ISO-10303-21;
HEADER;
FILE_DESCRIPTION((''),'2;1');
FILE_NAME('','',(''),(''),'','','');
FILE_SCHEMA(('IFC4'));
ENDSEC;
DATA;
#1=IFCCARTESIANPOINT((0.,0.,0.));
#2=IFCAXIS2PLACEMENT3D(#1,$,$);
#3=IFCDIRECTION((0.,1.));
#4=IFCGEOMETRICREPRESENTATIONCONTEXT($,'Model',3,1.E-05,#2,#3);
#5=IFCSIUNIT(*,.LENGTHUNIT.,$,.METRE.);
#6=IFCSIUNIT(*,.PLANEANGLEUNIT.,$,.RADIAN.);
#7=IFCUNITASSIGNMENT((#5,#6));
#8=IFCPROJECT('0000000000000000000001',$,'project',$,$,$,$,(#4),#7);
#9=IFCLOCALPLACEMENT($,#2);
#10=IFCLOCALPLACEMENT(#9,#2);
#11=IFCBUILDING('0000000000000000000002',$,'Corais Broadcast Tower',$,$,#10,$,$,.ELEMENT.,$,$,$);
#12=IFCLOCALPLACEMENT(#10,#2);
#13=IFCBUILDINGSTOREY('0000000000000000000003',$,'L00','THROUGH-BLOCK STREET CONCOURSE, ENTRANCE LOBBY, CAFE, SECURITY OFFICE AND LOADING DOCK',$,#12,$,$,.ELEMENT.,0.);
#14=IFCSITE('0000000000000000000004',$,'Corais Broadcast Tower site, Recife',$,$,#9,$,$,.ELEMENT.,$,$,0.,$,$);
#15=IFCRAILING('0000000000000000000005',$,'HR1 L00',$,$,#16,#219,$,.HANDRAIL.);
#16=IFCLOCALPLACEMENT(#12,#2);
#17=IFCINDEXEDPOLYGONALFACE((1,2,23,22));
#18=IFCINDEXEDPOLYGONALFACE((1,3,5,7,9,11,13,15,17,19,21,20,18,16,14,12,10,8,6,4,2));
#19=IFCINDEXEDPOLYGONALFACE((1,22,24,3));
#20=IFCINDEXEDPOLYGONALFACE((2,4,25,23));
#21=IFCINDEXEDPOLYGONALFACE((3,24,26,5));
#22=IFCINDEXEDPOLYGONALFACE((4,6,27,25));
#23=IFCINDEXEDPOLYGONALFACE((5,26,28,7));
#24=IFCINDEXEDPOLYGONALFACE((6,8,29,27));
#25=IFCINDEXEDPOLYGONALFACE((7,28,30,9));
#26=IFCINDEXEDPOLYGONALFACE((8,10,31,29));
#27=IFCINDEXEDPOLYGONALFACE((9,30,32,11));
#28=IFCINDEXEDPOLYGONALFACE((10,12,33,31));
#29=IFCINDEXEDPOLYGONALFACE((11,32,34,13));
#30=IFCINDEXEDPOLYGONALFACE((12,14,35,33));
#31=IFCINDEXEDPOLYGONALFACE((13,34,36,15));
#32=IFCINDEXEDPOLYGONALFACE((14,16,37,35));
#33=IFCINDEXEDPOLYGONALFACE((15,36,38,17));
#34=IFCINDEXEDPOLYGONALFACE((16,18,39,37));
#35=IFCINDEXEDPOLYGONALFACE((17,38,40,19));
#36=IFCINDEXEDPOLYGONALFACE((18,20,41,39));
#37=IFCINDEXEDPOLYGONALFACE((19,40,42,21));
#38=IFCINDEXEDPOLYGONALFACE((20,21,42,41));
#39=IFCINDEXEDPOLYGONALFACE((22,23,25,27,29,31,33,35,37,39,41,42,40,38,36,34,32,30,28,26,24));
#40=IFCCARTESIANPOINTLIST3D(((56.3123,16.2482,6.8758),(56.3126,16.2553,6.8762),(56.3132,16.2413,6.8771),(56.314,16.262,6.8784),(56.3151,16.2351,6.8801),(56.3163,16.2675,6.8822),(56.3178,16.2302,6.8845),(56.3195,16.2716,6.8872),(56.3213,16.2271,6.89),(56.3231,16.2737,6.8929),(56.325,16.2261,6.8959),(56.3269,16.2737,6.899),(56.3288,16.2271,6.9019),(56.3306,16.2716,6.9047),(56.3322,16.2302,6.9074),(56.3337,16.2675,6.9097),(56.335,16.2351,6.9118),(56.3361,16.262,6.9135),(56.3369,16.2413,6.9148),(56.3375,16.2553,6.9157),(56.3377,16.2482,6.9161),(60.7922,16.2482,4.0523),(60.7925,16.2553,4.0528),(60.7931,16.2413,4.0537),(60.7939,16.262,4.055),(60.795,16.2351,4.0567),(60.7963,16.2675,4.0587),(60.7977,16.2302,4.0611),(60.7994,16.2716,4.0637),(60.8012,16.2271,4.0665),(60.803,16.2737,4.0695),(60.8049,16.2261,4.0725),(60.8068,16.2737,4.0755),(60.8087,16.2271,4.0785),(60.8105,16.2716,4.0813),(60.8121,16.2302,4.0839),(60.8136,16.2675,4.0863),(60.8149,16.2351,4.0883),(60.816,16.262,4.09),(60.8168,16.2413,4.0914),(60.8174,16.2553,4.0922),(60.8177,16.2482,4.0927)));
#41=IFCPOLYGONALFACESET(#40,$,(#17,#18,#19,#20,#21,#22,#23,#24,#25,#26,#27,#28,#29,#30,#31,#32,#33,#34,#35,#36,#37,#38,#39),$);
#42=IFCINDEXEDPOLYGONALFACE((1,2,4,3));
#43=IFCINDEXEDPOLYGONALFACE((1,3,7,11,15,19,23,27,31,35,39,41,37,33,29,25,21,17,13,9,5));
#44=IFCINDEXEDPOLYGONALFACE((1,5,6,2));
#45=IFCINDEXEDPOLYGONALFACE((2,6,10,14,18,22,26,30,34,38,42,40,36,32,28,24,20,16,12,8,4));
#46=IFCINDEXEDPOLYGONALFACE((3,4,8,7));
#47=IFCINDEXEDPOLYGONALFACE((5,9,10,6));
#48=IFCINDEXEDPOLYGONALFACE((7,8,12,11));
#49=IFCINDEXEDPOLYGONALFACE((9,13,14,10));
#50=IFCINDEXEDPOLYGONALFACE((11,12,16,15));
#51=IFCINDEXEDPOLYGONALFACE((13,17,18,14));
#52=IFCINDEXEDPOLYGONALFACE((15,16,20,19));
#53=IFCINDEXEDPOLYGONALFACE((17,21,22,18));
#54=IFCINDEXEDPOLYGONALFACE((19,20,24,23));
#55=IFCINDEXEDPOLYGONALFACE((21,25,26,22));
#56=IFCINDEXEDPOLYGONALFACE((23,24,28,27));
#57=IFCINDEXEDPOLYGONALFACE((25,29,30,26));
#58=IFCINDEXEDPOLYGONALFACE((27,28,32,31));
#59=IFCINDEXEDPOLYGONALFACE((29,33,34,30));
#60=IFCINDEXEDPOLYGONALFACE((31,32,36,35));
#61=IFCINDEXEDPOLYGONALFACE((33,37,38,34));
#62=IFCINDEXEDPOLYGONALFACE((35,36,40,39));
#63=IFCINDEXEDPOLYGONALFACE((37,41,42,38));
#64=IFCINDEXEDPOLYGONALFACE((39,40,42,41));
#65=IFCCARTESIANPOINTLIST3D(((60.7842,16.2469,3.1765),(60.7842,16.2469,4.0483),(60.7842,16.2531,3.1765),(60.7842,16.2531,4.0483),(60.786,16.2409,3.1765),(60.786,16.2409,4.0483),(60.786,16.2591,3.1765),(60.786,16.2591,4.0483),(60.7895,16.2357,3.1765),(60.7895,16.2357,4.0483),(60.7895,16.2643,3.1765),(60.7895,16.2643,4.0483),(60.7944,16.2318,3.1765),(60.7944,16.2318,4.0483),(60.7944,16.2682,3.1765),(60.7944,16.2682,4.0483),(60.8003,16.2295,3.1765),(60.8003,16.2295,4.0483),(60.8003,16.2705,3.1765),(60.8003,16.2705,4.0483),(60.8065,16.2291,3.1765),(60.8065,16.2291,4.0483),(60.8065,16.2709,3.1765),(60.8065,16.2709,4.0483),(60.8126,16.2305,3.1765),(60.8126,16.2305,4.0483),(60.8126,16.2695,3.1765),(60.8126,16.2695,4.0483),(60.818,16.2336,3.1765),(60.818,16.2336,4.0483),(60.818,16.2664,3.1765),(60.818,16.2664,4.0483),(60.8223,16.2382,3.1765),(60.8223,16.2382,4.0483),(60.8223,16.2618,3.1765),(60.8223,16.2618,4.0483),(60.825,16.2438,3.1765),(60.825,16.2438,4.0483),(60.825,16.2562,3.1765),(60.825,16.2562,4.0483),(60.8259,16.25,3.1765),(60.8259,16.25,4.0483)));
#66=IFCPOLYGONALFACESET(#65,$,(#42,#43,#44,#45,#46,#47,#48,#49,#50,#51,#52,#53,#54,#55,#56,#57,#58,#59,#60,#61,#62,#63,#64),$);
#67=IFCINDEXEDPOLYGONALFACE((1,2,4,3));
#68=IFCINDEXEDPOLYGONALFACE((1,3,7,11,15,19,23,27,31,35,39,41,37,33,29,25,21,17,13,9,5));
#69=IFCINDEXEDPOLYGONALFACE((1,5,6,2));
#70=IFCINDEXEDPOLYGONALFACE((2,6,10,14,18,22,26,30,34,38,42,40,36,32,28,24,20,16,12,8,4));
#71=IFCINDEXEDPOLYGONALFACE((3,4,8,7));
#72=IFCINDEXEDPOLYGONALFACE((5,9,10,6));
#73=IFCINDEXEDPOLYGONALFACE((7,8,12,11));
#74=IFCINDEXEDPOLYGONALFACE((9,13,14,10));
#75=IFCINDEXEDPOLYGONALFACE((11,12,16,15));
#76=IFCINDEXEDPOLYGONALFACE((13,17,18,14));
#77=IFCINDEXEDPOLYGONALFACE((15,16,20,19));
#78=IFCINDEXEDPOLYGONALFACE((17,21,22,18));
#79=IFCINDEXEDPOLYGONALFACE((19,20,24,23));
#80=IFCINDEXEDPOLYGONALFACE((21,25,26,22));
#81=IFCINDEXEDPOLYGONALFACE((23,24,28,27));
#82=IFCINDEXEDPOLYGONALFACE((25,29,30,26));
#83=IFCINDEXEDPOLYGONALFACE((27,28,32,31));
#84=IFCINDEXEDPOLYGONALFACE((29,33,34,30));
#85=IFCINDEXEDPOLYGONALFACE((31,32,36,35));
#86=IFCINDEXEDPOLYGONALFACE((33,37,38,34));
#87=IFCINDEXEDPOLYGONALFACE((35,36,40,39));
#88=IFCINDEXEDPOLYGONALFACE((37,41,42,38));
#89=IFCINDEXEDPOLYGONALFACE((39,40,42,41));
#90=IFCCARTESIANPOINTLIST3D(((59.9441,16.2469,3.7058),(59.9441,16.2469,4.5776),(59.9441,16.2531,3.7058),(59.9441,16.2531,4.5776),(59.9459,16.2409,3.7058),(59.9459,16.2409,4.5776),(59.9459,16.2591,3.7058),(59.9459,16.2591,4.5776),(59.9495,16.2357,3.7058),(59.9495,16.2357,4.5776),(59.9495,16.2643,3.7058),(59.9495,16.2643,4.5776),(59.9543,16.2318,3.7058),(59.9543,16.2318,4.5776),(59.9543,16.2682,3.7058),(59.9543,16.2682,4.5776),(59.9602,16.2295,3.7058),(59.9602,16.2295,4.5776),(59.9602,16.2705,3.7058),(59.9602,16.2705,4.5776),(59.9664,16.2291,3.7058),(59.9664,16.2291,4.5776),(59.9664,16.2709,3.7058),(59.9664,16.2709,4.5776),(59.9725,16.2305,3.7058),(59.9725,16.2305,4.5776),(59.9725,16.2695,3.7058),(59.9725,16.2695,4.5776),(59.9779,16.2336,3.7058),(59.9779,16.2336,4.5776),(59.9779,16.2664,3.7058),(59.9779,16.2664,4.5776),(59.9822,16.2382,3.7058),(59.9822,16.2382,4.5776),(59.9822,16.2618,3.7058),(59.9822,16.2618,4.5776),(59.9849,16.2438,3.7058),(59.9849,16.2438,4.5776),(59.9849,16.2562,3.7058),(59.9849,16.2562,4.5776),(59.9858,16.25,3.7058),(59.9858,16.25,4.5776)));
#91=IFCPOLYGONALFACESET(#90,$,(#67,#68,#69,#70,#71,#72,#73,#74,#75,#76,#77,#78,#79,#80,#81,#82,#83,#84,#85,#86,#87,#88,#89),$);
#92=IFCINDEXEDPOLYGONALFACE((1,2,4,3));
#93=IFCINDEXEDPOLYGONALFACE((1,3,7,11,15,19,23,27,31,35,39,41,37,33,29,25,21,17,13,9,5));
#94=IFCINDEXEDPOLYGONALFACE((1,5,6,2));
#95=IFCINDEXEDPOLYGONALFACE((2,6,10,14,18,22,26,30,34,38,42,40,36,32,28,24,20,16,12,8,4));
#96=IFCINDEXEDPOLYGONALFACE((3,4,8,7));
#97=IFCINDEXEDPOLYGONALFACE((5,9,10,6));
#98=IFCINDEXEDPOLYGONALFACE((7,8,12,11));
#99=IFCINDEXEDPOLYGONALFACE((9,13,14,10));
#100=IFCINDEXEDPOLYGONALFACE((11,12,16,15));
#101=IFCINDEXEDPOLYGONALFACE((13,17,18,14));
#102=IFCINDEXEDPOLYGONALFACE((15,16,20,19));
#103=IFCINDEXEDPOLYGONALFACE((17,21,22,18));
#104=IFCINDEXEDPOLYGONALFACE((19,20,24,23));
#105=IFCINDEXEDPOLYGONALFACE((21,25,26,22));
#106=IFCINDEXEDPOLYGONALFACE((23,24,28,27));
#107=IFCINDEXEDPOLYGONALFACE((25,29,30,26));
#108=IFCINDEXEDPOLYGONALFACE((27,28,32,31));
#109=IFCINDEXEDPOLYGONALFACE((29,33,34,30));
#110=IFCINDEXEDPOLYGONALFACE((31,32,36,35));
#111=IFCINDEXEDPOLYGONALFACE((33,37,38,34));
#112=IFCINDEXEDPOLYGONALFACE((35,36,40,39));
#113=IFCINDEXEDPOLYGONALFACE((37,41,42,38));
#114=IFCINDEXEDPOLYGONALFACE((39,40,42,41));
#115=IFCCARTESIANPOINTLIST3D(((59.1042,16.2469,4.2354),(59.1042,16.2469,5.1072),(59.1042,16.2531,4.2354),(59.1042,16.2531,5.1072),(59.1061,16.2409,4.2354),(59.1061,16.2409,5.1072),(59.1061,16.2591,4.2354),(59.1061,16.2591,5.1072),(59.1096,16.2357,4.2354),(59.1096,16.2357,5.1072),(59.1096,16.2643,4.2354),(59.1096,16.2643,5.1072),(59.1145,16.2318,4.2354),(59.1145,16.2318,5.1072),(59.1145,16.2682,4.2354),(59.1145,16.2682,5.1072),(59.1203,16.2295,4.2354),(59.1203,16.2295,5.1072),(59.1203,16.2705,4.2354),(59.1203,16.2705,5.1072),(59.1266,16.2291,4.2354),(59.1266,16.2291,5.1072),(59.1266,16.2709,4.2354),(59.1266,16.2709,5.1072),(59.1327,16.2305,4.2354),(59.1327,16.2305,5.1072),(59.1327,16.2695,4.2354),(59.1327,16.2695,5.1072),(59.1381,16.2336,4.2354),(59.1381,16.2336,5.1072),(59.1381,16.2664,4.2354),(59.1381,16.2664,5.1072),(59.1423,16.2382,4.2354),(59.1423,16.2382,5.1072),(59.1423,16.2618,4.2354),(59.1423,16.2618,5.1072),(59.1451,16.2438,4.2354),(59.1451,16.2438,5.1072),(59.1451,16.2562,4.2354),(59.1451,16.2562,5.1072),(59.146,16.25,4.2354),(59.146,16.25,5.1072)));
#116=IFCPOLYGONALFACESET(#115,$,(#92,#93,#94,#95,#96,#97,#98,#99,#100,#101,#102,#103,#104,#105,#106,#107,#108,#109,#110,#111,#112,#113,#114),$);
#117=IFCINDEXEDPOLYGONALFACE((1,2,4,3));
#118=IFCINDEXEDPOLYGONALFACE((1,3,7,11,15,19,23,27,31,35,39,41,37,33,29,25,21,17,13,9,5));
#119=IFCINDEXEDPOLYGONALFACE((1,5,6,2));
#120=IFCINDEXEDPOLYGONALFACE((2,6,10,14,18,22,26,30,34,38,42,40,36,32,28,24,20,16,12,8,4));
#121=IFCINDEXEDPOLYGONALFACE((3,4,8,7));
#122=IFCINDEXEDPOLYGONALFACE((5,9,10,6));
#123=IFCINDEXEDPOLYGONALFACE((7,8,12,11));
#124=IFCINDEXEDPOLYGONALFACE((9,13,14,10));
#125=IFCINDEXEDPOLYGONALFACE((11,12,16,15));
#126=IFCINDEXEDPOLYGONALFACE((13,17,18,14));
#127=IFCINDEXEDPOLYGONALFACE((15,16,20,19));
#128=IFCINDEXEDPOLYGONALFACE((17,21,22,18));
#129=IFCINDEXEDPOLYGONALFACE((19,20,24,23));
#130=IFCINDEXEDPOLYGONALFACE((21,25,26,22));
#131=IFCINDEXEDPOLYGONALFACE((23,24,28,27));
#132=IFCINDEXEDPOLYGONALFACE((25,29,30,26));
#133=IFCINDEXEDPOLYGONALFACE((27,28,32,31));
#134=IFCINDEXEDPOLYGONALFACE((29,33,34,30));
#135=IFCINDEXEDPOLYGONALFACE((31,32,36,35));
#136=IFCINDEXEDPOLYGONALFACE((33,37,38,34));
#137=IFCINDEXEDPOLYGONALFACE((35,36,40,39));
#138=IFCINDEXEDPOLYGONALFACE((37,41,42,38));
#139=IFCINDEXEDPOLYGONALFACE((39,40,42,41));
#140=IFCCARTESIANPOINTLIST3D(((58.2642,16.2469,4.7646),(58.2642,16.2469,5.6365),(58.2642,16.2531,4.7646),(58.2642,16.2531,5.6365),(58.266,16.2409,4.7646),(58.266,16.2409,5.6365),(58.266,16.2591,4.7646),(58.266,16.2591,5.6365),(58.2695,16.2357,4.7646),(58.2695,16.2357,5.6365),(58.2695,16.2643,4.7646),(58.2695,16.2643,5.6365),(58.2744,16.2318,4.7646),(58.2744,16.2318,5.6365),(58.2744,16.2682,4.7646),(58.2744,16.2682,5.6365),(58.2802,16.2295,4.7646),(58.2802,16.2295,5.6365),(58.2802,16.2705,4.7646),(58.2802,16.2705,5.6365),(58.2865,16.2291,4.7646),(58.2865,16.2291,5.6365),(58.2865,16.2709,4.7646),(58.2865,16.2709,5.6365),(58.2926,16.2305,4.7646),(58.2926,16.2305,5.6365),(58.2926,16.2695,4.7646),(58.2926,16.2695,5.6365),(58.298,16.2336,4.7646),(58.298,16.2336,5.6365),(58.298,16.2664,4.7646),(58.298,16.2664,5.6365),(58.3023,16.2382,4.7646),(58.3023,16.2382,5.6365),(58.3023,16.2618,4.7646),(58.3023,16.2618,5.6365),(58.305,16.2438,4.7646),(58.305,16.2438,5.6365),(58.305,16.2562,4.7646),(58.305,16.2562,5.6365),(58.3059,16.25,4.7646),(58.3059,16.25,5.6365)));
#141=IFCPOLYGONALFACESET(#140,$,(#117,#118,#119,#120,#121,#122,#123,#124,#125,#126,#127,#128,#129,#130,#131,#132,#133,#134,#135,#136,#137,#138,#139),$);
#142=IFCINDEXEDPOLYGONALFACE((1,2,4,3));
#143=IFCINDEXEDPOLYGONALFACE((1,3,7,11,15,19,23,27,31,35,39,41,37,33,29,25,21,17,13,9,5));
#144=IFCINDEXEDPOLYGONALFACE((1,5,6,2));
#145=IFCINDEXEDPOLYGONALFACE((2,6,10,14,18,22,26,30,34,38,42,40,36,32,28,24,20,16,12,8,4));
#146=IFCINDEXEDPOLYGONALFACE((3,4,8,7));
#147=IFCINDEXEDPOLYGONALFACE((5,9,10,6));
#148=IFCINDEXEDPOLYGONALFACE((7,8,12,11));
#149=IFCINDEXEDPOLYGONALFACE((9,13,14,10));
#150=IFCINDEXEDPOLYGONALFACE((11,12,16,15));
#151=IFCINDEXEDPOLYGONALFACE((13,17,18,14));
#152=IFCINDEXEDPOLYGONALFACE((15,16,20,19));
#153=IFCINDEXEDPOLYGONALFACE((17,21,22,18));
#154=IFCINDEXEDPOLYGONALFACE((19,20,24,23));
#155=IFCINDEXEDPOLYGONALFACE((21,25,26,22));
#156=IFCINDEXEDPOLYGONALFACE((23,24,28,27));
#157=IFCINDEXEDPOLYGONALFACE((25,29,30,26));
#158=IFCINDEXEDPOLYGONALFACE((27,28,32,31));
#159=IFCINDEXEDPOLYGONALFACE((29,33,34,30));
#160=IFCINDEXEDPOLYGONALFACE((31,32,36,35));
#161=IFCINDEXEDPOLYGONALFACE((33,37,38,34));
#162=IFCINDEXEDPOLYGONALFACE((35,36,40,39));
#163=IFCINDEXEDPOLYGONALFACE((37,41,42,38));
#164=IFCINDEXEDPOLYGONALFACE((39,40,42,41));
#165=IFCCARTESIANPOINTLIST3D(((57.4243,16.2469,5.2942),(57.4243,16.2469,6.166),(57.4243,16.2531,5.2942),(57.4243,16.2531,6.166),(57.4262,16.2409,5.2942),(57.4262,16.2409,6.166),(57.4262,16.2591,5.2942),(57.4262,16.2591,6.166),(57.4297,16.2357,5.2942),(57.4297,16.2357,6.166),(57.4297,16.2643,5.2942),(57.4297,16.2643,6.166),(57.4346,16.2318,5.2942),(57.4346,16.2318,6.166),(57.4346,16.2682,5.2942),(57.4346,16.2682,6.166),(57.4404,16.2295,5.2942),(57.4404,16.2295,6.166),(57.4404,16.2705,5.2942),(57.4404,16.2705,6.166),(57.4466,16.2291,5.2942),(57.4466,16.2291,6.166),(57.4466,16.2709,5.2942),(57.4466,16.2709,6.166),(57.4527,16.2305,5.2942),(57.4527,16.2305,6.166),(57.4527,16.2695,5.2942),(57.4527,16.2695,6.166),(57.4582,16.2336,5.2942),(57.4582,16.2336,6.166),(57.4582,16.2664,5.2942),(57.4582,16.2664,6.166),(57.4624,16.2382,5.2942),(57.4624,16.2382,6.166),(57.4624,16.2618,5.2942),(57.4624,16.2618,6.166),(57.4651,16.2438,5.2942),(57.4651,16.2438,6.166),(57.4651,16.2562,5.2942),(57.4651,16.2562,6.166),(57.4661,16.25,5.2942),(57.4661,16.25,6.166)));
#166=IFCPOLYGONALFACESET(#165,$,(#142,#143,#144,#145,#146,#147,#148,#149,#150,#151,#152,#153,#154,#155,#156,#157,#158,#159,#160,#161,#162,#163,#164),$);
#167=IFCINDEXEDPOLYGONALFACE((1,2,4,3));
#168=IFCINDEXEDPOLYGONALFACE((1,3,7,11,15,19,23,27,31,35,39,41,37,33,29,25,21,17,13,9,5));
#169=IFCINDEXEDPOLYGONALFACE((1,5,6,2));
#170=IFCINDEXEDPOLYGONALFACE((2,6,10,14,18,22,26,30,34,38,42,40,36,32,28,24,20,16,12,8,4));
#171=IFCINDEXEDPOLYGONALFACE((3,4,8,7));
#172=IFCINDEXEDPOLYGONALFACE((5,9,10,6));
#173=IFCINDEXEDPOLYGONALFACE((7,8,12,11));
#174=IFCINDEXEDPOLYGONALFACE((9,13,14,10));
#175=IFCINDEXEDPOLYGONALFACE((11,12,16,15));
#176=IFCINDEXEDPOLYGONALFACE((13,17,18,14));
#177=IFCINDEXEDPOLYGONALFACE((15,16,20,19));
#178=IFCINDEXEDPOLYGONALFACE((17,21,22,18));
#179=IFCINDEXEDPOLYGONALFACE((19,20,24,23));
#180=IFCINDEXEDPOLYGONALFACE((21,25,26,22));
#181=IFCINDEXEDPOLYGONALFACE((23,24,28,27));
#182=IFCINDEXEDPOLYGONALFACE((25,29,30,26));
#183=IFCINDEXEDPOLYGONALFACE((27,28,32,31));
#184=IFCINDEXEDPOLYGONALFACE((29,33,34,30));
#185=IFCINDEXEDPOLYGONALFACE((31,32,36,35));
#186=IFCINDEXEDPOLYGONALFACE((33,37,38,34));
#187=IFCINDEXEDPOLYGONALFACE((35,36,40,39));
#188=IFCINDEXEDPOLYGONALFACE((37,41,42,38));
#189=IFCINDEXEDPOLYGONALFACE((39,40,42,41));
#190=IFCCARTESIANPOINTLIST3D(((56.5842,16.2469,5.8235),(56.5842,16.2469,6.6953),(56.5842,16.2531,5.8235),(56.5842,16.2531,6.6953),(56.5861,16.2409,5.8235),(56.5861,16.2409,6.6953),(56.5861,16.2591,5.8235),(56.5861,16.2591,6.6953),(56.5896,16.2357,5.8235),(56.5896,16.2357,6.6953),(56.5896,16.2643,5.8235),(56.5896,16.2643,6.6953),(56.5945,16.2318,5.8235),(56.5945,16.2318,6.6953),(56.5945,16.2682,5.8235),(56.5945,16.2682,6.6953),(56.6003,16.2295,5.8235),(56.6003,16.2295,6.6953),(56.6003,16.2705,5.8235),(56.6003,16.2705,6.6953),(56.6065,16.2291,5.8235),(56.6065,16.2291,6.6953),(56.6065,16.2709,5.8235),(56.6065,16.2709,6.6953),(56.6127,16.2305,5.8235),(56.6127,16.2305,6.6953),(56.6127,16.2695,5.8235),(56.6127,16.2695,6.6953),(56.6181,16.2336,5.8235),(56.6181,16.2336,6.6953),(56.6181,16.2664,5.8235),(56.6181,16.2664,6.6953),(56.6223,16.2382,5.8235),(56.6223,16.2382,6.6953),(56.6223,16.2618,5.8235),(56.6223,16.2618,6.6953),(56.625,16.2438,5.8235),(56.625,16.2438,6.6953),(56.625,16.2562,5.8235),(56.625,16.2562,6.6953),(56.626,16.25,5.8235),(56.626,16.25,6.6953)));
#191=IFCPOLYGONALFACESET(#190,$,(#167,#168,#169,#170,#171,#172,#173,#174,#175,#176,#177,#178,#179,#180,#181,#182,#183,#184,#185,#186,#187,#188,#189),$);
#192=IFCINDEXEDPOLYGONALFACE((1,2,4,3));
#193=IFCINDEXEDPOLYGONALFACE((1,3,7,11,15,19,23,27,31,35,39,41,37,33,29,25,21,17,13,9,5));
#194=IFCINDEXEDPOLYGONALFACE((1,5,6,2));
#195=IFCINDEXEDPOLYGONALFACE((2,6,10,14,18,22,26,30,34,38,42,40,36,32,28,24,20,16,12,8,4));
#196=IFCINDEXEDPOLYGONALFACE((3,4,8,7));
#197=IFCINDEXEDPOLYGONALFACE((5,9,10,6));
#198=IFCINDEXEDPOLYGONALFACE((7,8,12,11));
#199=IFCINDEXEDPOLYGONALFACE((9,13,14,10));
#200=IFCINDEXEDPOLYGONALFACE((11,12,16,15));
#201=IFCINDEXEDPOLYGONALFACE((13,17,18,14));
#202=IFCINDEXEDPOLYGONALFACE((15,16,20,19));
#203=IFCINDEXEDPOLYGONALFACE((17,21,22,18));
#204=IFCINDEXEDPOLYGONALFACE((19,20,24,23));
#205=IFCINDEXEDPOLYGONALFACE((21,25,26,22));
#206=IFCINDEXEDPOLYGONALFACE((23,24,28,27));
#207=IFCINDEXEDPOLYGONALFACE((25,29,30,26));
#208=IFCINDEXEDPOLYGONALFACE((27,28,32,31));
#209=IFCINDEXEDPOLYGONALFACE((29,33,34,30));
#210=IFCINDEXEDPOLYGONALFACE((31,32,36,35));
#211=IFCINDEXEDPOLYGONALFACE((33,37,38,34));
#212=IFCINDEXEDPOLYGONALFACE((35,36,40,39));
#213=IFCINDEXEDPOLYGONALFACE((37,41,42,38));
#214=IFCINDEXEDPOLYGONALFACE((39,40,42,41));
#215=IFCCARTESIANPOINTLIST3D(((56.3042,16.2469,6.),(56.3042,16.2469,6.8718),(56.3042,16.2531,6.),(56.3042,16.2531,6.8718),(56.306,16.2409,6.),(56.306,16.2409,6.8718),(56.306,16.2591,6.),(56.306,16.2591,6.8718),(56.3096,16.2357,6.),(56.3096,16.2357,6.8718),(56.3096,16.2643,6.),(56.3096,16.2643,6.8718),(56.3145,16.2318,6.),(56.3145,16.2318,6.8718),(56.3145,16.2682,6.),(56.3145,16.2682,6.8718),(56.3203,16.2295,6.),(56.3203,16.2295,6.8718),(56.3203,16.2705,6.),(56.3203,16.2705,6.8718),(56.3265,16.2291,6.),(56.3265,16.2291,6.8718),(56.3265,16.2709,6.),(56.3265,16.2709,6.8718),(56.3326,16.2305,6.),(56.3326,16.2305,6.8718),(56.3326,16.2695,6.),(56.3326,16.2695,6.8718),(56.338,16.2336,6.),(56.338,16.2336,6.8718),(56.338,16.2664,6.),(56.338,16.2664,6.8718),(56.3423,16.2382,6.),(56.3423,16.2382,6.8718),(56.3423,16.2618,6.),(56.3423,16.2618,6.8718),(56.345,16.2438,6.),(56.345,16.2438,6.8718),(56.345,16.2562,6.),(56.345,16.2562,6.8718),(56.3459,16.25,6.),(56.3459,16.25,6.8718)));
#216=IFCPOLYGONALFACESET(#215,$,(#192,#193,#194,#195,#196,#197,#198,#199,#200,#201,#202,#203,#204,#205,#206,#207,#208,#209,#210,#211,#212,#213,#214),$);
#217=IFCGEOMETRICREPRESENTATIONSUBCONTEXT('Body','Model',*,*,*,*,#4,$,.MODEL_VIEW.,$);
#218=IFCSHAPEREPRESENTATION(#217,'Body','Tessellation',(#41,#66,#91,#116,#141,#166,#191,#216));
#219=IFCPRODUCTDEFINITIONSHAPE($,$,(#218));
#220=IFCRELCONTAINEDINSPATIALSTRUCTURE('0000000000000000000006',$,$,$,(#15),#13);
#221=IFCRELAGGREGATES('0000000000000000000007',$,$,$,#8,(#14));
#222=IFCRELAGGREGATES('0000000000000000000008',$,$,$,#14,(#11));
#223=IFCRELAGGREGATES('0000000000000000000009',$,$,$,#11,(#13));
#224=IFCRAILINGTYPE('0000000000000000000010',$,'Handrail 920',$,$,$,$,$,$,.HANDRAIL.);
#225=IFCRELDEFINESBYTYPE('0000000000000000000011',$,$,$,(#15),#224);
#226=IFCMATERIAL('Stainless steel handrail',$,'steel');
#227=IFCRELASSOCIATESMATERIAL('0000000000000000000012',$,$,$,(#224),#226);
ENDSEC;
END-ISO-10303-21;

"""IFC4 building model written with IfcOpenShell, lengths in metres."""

from ifc_helpers import new_model, si_unit, direction, frame, origin, origin_2d, place, context, subcontext, project, spatial, circle, extrude, material, type_object, element, save


model = new_model("IFC4")

# Units and contexts
model_context = context("Model", 3, precision=1e-05, world=origin(), true_north=direction((0.0, 1.0)))
body_context = subcontext(model_context, "Body", "Model", "MODEL_VIEW")
ifc_project = project(units=[si_unit("LENGTHUNIT", "METRE"), si_unit("PLANEANGLEUNIT", "RADIAN")], contexts=[model_context])

# Site, building, storey
site_placement = place(None, origin())
site = spatial("IfcSite", under=ifc_project, at=site_placement, Name="Corais Broadcast Tower site, Recife", CompositionType="ELEMENT", RefElevation=0.0)
building_placement = place(site_placement, origin())
building = spatial("IfcBuilding", under=site, at=building_placement, Name="Corais Broadcast Tower", CompositionType="ELEMENT")
storey_placement = place(building_placement, origin())
storey = spatial("IfcBuildingStorey", under=building, at=storey_placement, Name="L00", Description="THROUGH-BLOCK STREET CONCOURSE, ENTRANCE LOBBY, CAFE, SECURITY OFFICE AND LOADING DOCK", CompositionType="ELEMENT", Elevation=0.0)

# Railing
ifc_material_1 = material(Name="Stainless steel handrail", Category="steel")
railing_type = type_object("IfcRailingType", Name="Handrail 920", PredefinedType="HANDRAIL", material=ifc_material_1)
for number, where, name in (
    (1, (60.8049, 16.25, 3.1765), "HR1 L00"),
):
    element("IfcRailing", number, at=place(storey_placement, frame(where)), inside=storey, type_object=railing_type, Name=name, PredefinedType="HANDRAIL", context=body_context, shape_type="SweptSolid", body=[
        extrude(circle(Radius=0.0239, at=origin_2d()), frame((0.0, 0.0, 0.896), z_axis=(-0.845998, 0.0, 0.533186), x_axis=(0.0, -1.0, 0.0)), (0.0, 0.0, 1.0), 5.2954),
        extrude(circle(Radius=0.021, at=origin_2d()), origin(), (0.0, 0.0, 1.0), 0.8718),
        extrude(circle(Radius=0.021, at=origin_2d()), frame((-0.8401, 0.0, 0.5293)), (0.0, 0.0, 1.0), 0.8718),
        extrude(circle(Radius=0.021, at=origin_2d()), frame((-1.6799, 0.0, 1.0588)), (0.0, 0.0, 1.0), 0.8718),
        extrude(circle(Radius=0.021, at=origin_2d()), frame((-2.52, 0.0, 1.5881)), (0.0, 0.0, 1.0), 0.8718),
        extrude(circle(Radius=0.021, at=origin_2d()), frame((-3.3599, 0.0, 2.1177)), (0.0, 0.0, 1.0), 0.8718),
        extrude(circle(Radius=0.021, at=origin_2d()), frame((-4.2, 0.0, 2.647)), (0.0, 0.0, 1.0), 0.8718),
        extrude(circle(Radius=0.021, at=origin_2d()), frame((-4.48, 0.0, 2.8235)), (0.0, 0.0, 1.0), 0.8718),
    ])

save(model, "model.ifc")
